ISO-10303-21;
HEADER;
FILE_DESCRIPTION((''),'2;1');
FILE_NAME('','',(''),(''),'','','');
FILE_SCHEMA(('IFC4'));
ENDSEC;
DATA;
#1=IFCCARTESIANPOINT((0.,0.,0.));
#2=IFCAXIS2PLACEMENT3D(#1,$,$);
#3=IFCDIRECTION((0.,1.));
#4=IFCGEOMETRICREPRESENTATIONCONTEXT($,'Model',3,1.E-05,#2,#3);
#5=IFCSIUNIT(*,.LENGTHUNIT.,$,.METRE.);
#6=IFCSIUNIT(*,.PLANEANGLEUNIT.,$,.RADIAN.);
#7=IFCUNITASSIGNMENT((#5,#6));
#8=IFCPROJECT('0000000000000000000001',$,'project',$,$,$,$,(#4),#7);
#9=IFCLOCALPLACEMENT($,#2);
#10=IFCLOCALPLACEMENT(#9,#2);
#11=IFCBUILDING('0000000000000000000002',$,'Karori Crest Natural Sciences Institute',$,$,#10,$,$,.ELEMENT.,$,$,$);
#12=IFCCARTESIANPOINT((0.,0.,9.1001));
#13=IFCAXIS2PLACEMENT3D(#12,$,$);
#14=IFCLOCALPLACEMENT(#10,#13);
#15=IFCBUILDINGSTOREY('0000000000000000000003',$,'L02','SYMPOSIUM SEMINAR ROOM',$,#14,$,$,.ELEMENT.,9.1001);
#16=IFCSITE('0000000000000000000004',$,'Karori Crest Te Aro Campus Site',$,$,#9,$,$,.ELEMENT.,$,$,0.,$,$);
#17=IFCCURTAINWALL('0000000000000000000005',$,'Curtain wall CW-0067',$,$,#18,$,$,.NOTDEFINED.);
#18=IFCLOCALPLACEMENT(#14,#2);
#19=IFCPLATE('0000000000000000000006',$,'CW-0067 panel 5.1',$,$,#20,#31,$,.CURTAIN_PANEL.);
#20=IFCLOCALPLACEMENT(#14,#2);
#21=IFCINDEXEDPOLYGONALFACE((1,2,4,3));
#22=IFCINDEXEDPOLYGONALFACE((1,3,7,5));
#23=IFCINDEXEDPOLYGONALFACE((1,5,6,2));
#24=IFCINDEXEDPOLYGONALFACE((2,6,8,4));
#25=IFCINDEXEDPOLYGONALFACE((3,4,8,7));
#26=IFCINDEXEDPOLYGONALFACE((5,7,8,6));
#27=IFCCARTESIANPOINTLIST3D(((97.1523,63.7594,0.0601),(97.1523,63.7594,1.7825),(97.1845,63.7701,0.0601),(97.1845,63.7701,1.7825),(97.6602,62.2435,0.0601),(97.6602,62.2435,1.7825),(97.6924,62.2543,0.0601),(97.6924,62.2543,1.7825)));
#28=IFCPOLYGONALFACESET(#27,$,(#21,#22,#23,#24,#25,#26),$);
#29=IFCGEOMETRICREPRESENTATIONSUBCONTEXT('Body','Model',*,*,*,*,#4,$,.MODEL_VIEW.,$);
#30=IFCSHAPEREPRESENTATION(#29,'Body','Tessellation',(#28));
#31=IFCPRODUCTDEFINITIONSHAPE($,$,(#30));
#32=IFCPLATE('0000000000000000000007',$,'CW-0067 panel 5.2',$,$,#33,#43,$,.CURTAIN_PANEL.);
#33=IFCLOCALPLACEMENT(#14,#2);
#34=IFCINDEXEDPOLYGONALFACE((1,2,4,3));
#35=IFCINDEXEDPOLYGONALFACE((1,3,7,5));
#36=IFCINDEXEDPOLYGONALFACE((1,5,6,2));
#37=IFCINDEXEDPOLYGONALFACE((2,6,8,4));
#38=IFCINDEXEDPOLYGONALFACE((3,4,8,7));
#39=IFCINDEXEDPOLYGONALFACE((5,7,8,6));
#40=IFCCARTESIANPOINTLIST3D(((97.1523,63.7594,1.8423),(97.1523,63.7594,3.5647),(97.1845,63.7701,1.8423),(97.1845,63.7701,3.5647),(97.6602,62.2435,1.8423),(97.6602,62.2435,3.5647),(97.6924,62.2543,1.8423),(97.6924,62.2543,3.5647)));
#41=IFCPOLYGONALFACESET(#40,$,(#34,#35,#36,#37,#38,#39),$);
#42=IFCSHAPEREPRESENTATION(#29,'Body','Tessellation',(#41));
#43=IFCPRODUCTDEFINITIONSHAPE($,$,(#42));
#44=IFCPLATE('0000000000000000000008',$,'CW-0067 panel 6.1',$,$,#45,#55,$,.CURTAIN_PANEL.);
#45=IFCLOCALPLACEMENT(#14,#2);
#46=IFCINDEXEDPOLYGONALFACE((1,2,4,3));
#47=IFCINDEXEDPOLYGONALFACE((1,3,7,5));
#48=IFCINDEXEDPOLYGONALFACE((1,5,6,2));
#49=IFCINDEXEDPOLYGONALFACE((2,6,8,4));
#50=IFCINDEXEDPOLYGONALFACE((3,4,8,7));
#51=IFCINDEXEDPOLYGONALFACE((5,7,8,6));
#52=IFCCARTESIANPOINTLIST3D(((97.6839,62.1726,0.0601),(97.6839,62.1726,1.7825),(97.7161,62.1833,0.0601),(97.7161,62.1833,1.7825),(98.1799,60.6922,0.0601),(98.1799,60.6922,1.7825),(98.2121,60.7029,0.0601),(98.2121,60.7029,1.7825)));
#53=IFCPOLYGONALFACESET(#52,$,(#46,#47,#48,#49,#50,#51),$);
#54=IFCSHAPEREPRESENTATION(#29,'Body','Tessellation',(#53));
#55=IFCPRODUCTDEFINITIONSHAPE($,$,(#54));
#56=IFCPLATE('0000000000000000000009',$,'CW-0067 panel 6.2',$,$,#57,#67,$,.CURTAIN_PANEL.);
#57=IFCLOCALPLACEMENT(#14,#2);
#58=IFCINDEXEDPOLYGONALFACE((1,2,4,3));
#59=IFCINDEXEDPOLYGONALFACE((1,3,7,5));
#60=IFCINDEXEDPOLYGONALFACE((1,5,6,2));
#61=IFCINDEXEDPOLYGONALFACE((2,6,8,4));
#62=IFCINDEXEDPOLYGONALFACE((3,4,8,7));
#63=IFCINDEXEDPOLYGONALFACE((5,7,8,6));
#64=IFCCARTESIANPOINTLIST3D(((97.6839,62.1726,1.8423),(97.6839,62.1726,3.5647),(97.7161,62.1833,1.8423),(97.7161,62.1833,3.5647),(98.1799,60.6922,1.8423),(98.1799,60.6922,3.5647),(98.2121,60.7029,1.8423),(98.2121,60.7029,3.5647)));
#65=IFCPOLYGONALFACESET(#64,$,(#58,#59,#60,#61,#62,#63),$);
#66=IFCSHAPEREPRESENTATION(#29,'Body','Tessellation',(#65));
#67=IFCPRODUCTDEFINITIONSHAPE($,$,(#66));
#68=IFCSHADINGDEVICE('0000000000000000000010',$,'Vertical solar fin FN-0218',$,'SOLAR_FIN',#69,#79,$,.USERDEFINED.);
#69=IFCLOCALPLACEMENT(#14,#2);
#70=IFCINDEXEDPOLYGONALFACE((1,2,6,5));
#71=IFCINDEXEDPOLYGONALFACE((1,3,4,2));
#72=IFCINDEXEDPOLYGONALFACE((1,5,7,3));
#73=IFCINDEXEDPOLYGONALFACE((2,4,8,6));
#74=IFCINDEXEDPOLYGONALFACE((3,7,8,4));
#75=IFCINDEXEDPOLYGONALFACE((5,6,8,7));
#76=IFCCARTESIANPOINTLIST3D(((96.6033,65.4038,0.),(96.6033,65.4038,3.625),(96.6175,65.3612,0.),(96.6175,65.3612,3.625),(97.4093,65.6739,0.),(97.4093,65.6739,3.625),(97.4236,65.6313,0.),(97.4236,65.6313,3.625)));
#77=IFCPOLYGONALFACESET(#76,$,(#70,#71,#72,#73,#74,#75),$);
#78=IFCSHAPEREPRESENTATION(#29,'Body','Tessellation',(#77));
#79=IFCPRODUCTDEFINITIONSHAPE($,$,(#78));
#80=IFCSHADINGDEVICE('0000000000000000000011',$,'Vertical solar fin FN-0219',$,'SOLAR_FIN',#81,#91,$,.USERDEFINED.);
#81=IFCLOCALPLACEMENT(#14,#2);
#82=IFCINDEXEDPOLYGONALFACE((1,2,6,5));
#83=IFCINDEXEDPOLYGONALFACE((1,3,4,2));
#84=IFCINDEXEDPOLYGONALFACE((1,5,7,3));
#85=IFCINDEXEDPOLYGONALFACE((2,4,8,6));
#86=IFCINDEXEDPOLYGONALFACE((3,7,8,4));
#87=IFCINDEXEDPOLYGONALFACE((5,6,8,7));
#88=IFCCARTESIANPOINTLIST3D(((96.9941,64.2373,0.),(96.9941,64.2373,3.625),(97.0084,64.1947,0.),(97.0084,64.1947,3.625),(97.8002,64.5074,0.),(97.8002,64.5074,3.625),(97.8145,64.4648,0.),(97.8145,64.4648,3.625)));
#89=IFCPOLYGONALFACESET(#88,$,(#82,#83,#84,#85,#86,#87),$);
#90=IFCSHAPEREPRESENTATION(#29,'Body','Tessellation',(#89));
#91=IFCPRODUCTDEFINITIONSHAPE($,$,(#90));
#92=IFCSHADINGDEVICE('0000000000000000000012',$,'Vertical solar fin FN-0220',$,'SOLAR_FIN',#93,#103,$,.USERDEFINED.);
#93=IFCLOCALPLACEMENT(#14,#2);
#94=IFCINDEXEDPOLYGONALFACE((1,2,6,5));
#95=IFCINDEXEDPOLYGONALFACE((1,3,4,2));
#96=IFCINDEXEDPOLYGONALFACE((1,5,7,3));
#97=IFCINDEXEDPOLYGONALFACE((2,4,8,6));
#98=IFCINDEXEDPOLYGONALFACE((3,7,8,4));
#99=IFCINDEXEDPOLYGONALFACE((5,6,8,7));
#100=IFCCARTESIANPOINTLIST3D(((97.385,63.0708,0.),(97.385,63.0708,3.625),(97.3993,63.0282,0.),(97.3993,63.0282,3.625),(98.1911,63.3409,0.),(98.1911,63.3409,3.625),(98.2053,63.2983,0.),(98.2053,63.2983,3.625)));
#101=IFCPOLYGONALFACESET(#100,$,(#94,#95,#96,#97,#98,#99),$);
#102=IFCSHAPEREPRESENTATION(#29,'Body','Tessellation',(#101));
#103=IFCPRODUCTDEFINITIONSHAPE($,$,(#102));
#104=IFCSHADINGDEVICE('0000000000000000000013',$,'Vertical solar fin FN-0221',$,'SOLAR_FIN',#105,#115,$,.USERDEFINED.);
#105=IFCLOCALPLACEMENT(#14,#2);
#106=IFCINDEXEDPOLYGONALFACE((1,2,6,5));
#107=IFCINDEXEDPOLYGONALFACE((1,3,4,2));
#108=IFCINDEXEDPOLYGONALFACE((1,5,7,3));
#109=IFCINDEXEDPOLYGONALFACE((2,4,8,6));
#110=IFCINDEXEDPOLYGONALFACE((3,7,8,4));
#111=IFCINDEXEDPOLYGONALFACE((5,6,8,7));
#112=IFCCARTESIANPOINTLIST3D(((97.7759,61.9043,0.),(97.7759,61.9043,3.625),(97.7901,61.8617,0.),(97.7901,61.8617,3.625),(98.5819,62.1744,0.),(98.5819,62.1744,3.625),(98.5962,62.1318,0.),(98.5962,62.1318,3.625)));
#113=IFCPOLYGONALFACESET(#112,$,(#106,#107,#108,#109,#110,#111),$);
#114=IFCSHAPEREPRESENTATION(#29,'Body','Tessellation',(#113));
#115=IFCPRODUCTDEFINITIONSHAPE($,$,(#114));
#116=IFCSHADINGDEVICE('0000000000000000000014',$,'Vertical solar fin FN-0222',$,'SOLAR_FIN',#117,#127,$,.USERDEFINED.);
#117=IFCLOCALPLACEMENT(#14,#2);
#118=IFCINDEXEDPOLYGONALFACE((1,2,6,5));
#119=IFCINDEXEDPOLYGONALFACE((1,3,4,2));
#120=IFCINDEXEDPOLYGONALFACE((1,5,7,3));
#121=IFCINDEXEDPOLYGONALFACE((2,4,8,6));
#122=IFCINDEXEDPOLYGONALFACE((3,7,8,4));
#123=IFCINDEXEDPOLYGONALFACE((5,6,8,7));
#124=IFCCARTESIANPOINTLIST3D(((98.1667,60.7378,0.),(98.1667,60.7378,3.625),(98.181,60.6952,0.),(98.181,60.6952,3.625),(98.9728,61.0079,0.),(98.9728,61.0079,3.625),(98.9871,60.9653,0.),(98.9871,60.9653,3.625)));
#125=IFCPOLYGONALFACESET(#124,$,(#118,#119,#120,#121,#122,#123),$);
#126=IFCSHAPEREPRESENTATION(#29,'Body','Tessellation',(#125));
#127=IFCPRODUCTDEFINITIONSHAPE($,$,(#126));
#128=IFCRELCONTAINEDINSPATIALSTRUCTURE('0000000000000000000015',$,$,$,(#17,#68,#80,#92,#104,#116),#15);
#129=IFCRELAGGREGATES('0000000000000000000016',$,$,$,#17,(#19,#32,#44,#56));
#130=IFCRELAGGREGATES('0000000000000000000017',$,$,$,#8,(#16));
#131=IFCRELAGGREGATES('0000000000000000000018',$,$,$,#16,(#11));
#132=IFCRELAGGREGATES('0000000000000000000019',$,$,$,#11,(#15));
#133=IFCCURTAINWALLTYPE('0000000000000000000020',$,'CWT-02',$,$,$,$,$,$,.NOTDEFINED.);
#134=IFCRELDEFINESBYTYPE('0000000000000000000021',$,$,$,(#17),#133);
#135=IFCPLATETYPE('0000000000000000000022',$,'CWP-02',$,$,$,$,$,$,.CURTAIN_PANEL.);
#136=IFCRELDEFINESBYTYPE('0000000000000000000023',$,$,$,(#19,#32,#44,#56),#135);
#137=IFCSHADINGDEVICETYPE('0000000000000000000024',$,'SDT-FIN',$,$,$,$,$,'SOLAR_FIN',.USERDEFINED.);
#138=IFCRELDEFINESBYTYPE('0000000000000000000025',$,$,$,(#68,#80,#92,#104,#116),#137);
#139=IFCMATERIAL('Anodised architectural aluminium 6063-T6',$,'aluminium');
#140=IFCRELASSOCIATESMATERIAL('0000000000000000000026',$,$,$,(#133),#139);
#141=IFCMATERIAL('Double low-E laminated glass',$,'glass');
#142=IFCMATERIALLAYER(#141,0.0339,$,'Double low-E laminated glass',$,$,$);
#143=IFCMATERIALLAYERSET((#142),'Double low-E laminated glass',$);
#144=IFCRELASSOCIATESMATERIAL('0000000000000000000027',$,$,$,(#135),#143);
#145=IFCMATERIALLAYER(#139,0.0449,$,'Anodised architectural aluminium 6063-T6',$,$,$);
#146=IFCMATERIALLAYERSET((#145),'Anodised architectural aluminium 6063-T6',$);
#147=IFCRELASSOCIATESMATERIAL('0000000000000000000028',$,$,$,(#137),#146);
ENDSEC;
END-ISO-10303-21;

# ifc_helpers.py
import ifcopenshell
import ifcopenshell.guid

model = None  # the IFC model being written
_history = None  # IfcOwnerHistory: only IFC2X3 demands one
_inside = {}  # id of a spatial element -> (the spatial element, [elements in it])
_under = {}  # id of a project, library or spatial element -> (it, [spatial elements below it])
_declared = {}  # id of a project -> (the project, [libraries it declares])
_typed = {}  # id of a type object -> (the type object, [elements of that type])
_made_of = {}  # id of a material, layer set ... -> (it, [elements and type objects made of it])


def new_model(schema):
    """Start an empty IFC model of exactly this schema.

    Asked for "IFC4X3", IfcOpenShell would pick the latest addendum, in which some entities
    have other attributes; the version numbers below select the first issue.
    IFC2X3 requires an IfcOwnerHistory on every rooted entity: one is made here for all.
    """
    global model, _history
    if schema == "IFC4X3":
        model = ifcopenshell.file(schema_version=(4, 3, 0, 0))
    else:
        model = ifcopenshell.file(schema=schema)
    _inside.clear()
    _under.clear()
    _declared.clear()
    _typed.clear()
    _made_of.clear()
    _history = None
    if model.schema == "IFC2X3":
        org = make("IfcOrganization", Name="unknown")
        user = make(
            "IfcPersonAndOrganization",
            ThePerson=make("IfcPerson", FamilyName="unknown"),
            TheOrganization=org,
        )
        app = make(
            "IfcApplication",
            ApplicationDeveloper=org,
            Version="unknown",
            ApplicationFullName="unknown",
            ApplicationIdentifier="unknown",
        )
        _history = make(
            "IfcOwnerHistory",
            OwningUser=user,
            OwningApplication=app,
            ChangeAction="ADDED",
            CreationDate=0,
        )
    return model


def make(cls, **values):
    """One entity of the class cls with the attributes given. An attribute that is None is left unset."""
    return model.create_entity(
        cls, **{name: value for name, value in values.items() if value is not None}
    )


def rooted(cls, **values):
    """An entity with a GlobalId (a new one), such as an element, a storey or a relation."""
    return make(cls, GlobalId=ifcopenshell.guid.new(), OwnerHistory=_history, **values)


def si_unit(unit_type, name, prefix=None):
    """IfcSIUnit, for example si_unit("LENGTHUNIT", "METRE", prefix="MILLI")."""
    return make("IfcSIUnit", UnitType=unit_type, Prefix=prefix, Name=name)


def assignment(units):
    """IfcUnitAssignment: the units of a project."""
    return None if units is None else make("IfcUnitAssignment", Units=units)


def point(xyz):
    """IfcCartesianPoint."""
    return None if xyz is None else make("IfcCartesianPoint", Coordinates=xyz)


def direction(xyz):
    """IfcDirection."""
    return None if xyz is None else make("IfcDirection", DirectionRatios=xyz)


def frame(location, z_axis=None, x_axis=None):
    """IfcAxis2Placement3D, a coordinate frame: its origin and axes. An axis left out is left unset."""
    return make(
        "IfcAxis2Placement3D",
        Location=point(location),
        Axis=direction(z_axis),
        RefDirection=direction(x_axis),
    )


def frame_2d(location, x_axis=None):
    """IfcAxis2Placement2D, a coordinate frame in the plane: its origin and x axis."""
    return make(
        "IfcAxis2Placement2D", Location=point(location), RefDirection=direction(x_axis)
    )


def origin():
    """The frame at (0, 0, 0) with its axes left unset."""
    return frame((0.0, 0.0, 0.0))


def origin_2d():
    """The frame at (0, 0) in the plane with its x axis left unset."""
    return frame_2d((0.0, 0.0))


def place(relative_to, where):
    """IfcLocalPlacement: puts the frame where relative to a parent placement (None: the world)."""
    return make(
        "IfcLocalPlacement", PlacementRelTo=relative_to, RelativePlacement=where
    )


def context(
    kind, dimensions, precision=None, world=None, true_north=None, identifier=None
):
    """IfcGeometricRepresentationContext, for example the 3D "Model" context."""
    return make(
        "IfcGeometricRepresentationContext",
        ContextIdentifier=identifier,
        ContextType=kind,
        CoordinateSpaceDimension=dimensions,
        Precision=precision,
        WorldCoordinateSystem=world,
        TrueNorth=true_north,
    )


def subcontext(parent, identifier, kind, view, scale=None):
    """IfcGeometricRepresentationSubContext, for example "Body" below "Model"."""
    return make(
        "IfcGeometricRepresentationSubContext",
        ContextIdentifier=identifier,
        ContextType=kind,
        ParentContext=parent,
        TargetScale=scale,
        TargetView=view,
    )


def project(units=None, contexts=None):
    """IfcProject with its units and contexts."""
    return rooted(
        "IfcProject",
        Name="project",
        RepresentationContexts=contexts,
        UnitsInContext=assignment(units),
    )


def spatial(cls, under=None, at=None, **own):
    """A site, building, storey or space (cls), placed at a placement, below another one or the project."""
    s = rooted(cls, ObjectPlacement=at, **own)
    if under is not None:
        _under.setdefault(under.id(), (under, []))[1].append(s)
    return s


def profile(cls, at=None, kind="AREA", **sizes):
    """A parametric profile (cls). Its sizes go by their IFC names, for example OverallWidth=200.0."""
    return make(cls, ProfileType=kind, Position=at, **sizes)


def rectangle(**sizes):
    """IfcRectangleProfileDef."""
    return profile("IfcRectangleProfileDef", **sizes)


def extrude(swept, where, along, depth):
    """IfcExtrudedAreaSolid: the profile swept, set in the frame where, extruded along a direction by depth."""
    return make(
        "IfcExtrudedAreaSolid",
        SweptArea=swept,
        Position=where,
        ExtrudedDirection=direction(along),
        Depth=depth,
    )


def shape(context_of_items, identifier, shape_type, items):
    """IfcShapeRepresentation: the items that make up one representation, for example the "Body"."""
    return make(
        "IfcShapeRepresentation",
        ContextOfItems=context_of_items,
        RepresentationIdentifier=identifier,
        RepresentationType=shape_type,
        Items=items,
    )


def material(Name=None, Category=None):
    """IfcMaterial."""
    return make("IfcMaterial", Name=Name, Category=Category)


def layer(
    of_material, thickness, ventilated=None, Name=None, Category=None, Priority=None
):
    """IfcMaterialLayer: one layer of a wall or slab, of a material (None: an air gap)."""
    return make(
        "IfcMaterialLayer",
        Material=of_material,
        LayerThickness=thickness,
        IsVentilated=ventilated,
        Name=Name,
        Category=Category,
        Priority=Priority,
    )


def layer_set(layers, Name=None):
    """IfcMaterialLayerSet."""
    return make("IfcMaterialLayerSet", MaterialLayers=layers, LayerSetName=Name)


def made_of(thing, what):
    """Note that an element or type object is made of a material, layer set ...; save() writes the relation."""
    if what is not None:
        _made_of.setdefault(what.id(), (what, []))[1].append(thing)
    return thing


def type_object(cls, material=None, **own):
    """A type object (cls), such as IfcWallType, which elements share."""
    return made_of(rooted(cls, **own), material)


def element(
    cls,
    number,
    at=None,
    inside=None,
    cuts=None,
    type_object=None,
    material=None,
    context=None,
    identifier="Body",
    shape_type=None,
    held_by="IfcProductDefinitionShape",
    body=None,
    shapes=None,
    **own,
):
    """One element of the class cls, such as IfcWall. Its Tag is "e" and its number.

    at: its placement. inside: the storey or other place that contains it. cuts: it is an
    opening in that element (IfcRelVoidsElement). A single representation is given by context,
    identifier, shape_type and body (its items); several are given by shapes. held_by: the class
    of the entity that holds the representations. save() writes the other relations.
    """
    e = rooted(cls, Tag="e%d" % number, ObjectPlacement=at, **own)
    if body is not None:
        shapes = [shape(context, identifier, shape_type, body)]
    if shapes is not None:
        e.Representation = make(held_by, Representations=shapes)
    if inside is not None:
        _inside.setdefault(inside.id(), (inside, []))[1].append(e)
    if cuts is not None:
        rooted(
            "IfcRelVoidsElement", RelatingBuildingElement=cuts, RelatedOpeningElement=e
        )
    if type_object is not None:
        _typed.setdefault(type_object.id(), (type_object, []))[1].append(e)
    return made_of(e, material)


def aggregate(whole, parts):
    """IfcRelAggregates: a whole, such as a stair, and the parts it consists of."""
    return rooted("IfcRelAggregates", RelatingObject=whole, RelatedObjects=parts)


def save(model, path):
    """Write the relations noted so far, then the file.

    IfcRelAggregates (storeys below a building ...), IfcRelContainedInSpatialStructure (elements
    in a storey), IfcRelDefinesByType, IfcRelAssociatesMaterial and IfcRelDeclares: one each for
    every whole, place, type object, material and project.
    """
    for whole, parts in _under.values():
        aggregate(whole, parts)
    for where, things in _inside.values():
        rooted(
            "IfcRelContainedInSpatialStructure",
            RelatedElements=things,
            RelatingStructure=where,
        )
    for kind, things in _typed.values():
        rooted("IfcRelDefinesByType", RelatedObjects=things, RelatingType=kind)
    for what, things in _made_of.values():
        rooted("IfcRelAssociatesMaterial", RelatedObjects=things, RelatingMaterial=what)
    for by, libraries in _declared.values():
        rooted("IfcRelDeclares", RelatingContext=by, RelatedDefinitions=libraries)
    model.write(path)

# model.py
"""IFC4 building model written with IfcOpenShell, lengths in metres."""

from ifc_helpers import new_model, si_unit, direction, frame, origin, origin_2d, place, context, subcontext, project, spatial, rectangle, extrude, material, layer, layer_set, type_object, element, aggregate, save


model = new_model("IFC4")

# Units and contexts
model_context = context("Model", 3, precision=1e-05, world=origin(), true_north=direction((0.0, 1.0)))
body_context = subcontext(model_context, "Body", "Model", "MODEL_VIEW")
ifc_project = project(units=[si_unit("LENGTHUNIT", "METRE"), si_unit("PLANEANGLEUNIT", "RADIAN")], contexts=[model_context])

# Site, building, storey
site_placement = place(None, origin())
site = spatial("IfcSite", under=ifc_project, at=site_placement, Name="Karori Crest Te Aro Campus Site", CompositionType="ELEMENT", RefElevation=0.0)
building_placement = place(site_placement, origin())
building = spatial("IfcBuilding", under=site, at=building_placement, Name="Karori Crest Natural Sciences Institute", CompositionType="ELEMENT")
storey_placement = place(building_placement, frame((0.0, 0.0, 9.1001)))
storey = spatial("IfcBuildingStorey", under=building, at=storey_placement, Name="L02", Description="SYMPOSIUM SEMINAR ROOM", CompositionType="ELEMENT", Elevation=9.1001)

# Curtain wall
ifc_material_1 = material(Name="Anodised architectural aluminium 6063-T6", Category="aluminium")
curtain_wall_type_1 = type_object("IfcCurtainWallType", Name="CWT-02", PredefinedType="NOTDEFINED", material=ifc_material_1)
curtain_wall_1_placement = place(storey_placement, origin())
curtain_wall_1 = element("IfcCurtainWall", 1, at=curtain_wall_1_placement, inside=storey, type_object=curtain_wall_type_1, Name="Curtain wall CW-0067", PredefinedType="NOTDEFINED")

# Plates
ifc_material_2 = material(Name="Double low-E laminated glass", Category="glass")
ifc_layer_1 = layer(ifc_material_2, 0.0339, Name="Double low-E laminated glass")
ifc_layer_set_1 = layer_set([ifc_layer_1], Name="Double low-E laminated glass")
plate_type_1 = type_object("IfcPlateType", Name="CWP-02", PredefinedType="CURTAIN_PANEL", material=ifc_layer_set_1)
plate_1_placement = place(storey_placement, frame((97.4224, 63.0068, 0.0601), z_axis=(0.0, 0.0, 1.0), x_axis=(0.317685, -0.948196, 0.0)))
plate_1 = element("IfcPlate", 2, at=plate_1_placement, type_object=plate_type_1, Name="CW-0067 panel 5.1", PredefinedType="CURTAIN_PANEL", context=body_context, shape_type="SweptSolid", body=[
    extrude(rectangle(XDim=1.5986, YDim=0.0339, at=origin_2d()), origin(), (0.0, 0.0, 1.0), 1.7224),
])
plate_2_placement = place(storey_placement, frame((97.4224, 63.0068, 1.8423), z_axis=(0.0, 0.0, 1.0), x_axis=(0.317685, -0.948196, 0.0)))
plate_2 = element("IfcPlate", 3, at=plate_2_placement, type_object=plate_type_1, Name="CW-0067 panel 5.2", PredefinedType="CURTAIN_PANEL", context=body_context, shape_type="SweptSolid", body=[
    extrude(rectangle(XDim=1.5986, YDim=0.0339, at=origin_2d()), origin(), (0.0, 0.0, 1.0), 1.7224),
])
plate_3_placement = place(storey_placement, frame((97.948, 61.4377, 0.0601), z_axis=(0.0, 0.0, 1.0), x_axis=(0.317685, -0.948196, 0.0)))
plate_3 = element("IfcPlate", 4, at=plate_3_placement, type_object=plate_type_1, Name="CW-0067 panel 6.1", PredefinedType="CURTAIN_PANEL", context=body_context, shape_type="SweptSolid", body=[
    extrude(rectangle(XDim=1.5613, YDim=0.0339, at=origin_2d()), origin(), (0.0, 0.0, 1.0), 1.7224),
])
plate_4_placement = place(storey_placement, frame((97.948, 61.4377, 1.8423), z_axis=(0.0, 0.0, 1.0), x_axis=(0.317685, -0.948196, 0.0)))
plate_4 = element("IfcPlate", 5, at=plate_4_placement, type_object=plate_type_1, Name="CW-0067 panel 6.2", PredefinedType="CURTAIN_PANEL", context=body_context, shape_type="SweptSolid", body=[
    extrude(rectangle(XDim=1.5613, YDim=0.0339, at=origin_2d()), origin(), (0.0, 0.0, 1.0), 1.7224),
])
aggregate(curtain_wall_1, [plate_1, plate_2, plate_3, plate_4])

# Shading devices
ifc_layer_2 = layer(ifc_material_1, 0.0449, Name="Anodised architectural aluminium 6063-T6")
ifc_layer_set_2 = layer_set([ifc_layer_2], Name="Anodised architectural aluminium 6063-T6")
shading_device_type = type_object("IfcShadingDeviceType", Name="SDT-FIN", ElementType="SOLAR_FIN", PredefinedType="USERDEFINED", material=ifc_layer_set_2)
for number, where, z_axis, x_axis, name in (
    (6, (97.0134, 65.5176, 0.0), (0.0, 0.0, 1.0), (0.948196, 0.317685, 0.0), "Vertical solar fin FN-0218"),
    (7, (97.4043, 64.3511, 0.0), (0.0, 0.0, 1.0), (0.948196, 0.317685, 0.0), "Vertical solar fin FN-0219"),
    (8, (97.7952, 63.1846, 0.0), (0.0, 0.0, 1.0), (0.948196, 0.317685, 0.0), "Vertical solar fin FN-0220"),
    (9, (98.186, 62.0181, 0.0), (0.0, 0.0, 1.0), (0.948196, 0.317685, 0.0), "Vertical solar fin FN-0221"),
    (10, (98.5769, 60.8516, 0.0), (0.0, 0.0, 1.0), (0.948196, 0.317685, 0.0), "Vertical solar fin FN-0222"),
):
    element("IfcShadingDevice", number, at=place(storey_placement, frame(where, z_axis=z_axis, x_axis=x_axis)), inside=storey, type_object=shading_device_type, Name=name, ObjectType="SOLAR_FIN", PredefinedType="USERDEFINED", context=body_context, shape_type="SweptSolid", body=[
        extrude(rectangle(XDim=0.8501, YDim=0.0449, at=origin_2d()), origin(), (0.0, 0.0, 1.0), 3.625),
    ])

save(model, "model.ifc")
